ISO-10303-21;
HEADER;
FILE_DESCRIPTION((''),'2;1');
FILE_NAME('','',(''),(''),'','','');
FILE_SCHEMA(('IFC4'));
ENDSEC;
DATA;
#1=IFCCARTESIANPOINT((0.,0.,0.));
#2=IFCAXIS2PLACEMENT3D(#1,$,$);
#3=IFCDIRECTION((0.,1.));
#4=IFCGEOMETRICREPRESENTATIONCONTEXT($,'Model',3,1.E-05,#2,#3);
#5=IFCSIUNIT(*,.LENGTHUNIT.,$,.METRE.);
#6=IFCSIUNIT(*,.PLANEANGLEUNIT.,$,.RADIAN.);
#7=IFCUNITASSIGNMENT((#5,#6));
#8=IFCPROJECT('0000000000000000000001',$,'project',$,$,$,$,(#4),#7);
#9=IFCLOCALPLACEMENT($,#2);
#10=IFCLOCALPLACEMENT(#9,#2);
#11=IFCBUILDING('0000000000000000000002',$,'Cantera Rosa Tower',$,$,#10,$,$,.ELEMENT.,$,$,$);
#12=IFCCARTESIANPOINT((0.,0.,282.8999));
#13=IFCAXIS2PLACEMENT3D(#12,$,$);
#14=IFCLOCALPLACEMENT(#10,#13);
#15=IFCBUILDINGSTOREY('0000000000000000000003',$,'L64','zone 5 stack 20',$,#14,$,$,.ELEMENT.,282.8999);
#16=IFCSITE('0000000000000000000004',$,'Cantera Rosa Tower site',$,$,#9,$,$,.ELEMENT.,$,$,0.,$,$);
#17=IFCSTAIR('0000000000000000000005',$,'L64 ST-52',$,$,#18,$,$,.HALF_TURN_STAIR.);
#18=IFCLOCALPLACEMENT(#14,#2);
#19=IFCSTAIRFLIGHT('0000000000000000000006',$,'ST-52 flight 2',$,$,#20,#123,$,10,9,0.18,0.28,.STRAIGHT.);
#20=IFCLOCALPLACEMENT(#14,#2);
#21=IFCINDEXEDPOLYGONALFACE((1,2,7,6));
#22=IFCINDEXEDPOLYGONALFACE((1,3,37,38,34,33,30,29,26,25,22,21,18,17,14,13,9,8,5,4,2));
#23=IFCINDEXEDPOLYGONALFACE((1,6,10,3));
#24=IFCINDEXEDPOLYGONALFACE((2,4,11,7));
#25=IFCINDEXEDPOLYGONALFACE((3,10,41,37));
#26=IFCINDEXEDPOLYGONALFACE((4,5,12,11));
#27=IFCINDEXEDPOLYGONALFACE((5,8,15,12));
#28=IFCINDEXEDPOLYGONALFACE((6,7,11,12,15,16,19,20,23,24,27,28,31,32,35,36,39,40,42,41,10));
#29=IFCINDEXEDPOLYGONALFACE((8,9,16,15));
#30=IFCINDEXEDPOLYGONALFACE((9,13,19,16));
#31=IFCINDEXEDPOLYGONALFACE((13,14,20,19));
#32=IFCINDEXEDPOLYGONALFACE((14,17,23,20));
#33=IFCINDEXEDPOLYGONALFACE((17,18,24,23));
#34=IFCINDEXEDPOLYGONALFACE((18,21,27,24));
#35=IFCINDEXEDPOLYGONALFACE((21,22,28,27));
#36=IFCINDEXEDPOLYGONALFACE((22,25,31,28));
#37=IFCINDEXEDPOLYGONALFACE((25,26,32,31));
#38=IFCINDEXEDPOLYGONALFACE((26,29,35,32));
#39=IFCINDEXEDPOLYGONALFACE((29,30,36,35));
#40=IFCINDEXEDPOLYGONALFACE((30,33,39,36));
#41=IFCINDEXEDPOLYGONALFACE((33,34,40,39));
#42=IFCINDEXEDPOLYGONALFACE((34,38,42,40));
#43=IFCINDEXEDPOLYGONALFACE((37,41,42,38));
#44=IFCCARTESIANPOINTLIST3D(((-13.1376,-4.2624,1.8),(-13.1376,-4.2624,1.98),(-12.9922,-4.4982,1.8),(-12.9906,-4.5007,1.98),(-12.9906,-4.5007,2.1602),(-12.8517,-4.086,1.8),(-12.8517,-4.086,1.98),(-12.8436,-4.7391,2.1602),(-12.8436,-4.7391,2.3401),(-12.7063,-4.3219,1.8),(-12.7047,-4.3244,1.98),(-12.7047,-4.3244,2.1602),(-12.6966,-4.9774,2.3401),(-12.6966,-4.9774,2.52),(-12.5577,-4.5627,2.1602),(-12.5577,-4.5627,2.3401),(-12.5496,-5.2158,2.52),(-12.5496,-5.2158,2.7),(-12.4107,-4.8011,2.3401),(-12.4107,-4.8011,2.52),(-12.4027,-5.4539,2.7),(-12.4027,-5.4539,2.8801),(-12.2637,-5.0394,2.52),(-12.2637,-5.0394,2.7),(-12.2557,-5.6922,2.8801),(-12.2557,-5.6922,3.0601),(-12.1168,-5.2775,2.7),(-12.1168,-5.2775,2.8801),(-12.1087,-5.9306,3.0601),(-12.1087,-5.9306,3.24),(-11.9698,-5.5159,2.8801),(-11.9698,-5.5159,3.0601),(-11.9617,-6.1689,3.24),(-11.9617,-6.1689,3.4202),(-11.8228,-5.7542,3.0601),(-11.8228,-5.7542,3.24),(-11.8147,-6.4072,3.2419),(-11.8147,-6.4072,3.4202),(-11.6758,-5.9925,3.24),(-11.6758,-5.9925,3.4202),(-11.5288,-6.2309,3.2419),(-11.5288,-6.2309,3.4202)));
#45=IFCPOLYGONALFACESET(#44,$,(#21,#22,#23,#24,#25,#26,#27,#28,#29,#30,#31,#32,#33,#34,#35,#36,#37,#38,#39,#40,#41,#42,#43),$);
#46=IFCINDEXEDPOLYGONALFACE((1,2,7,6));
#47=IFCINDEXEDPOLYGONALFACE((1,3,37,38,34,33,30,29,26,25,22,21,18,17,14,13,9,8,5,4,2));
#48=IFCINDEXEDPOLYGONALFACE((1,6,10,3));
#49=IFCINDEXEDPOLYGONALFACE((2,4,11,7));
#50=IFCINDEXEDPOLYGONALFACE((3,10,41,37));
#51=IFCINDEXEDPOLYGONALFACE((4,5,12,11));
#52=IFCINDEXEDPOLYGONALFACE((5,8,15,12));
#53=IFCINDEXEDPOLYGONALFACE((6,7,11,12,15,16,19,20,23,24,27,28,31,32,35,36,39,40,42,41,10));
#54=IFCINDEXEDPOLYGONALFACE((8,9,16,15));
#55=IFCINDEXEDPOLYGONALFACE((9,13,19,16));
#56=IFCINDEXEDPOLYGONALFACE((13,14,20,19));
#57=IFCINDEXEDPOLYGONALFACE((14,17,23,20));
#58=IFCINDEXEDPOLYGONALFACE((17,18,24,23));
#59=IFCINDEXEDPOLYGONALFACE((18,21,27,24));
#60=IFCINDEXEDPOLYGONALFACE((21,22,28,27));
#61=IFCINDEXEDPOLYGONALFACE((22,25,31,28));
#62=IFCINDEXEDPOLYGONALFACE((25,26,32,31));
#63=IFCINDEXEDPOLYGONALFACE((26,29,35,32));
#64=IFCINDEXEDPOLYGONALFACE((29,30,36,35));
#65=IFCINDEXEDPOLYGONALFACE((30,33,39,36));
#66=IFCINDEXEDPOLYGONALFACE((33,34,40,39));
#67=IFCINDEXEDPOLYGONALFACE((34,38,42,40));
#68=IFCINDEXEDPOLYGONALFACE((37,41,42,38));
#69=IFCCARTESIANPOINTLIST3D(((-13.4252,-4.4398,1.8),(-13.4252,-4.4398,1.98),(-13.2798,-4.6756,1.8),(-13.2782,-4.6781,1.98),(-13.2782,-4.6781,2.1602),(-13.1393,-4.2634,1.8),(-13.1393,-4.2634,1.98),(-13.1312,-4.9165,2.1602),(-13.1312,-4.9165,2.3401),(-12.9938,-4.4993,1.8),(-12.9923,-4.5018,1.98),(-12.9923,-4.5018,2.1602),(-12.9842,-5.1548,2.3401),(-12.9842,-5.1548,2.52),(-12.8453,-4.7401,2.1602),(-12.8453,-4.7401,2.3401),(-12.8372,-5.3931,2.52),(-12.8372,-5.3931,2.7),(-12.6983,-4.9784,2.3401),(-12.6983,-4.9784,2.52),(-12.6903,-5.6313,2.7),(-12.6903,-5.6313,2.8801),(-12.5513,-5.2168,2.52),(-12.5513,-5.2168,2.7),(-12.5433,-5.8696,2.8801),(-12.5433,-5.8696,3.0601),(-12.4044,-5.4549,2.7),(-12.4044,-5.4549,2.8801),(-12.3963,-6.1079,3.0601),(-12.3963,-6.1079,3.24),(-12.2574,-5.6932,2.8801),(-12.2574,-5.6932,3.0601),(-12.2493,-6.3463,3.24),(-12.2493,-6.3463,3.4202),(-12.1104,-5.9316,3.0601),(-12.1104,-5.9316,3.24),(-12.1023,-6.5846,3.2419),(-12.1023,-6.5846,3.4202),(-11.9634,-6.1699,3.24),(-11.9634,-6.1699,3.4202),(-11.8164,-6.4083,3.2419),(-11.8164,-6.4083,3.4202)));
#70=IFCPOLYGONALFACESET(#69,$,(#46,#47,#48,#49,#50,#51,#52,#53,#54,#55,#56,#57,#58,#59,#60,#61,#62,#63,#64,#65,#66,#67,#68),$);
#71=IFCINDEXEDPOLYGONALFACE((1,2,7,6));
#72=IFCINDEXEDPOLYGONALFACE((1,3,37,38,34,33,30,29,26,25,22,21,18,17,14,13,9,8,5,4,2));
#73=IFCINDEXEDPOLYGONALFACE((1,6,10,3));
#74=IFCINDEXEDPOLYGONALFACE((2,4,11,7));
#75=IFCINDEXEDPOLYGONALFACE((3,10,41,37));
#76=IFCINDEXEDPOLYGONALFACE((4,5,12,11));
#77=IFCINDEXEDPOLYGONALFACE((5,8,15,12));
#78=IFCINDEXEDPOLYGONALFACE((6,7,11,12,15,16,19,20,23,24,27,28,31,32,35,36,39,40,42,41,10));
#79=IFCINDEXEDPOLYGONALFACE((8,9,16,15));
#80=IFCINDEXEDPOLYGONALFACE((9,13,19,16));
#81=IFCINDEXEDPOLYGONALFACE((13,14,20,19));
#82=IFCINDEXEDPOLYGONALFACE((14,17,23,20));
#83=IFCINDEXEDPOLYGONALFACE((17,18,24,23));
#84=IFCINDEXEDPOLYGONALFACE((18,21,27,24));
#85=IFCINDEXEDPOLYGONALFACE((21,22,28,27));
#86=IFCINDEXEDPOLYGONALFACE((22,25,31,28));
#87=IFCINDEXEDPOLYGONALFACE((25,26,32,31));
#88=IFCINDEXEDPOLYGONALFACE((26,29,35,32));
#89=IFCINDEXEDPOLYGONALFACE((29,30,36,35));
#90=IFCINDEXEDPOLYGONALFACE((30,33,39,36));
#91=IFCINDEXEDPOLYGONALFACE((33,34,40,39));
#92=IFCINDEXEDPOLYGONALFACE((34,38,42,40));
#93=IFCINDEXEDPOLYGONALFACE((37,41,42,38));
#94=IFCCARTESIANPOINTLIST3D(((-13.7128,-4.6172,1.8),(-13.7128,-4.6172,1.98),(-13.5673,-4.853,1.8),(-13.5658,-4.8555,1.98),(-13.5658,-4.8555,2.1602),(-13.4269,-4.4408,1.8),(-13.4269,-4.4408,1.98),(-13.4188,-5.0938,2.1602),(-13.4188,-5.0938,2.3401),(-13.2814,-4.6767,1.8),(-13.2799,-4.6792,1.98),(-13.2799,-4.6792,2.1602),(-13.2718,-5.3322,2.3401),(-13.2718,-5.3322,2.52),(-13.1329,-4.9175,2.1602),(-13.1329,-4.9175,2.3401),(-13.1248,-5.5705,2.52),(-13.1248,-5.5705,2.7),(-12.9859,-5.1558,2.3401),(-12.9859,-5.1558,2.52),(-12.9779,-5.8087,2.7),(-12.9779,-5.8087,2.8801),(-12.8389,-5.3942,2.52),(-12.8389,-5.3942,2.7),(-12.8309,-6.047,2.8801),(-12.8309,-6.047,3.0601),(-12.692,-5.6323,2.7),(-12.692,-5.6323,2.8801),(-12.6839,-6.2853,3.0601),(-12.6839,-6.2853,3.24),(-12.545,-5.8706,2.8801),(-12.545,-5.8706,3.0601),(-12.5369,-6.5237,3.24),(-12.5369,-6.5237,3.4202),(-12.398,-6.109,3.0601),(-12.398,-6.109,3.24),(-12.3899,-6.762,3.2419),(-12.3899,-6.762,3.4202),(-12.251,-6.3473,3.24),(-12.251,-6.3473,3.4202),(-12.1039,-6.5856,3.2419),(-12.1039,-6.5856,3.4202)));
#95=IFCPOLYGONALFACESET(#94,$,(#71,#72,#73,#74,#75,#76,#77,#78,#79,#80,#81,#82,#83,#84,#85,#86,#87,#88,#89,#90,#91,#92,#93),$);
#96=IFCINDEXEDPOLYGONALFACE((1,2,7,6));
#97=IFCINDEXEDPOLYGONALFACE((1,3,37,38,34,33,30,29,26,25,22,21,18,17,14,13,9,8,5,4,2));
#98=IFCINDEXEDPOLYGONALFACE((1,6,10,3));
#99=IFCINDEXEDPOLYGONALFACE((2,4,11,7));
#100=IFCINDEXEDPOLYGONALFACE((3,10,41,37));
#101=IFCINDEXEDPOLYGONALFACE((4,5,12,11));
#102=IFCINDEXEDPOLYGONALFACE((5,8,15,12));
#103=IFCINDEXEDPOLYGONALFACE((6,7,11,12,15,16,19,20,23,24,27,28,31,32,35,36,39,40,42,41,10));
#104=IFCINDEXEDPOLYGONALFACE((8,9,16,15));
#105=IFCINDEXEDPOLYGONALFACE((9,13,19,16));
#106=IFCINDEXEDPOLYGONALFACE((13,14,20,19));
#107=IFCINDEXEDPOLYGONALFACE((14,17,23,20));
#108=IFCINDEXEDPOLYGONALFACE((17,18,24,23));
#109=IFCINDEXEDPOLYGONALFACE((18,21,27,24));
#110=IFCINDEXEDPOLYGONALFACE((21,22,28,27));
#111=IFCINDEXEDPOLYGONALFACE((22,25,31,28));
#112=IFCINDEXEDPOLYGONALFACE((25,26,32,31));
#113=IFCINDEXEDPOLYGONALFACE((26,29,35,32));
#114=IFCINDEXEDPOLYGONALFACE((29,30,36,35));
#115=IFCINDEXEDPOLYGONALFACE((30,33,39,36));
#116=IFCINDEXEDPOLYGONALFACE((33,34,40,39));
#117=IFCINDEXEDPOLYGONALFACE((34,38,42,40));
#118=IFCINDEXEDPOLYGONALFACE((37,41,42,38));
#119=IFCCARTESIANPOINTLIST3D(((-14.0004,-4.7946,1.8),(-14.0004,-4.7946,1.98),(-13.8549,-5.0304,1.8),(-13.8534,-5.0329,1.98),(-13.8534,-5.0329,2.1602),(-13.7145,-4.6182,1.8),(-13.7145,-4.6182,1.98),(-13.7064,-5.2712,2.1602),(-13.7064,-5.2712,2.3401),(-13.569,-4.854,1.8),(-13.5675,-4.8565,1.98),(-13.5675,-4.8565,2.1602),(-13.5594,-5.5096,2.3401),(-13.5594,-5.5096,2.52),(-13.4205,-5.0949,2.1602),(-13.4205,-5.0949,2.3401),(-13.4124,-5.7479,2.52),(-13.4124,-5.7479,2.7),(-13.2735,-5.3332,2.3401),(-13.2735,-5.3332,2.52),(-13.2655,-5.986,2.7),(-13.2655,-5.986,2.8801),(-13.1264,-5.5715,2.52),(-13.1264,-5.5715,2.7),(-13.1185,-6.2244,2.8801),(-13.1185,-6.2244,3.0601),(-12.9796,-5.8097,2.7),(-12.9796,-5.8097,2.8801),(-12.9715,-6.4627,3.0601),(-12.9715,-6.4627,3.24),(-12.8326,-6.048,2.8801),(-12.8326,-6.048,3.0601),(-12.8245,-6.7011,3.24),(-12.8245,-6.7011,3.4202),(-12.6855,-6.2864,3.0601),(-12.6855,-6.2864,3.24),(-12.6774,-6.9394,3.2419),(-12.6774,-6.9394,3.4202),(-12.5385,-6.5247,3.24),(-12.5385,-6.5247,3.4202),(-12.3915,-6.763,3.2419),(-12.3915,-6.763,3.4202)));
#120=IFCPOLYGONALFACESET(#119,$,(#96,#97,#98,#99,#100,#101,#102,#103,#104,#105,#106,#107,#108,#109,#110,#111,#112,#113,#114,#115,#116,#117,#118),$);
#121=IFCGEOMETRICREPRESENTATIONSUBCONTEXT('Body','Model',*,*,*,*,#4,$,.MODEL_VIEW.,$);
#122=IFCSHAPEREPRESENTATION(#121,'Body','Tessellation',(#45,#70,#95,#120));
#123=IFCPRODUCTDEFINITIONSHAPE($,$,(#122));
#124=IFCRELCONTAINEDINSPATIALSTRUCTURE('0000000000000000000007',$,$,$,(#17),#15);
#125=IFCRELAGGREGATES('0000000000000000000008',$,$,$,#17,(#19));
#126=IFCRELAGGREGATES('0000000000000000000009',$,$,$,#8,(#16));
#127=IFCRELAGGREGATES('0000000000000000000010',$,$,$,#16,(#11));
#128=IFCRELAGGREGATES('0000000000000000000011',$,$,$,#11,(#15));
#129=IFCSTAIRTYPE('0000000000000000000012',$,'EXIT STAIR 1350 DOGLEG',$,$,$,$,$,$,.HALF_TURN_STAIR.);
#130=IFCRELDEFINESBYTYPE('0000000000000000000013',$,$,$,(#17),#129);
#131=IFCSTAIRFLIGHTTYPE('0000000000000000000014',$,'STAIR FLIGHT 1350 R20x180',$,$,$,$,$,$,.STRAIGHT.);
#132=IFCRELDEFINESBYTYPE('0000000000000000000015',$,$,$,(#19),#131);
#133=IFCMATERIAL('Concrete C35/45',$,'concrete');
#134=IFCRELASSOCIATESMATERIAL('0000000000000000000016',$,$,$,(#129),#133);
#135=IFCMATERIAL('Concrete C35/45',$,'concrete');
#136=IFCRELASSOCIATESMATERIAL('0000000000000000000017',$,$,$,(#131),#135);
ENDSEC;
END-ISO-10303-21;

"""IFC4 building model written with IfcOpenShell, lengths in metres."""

from ifc_helpers import new_model, si_unit, direction, frame, origin, place, context, subcontext, project, spatial, polyline, outline, extrude, material, type_object, element, aggregate, save


model = new_model("IFC4")

# Units and contexts
model_context = context("Model", 3, precision=1e-05, world=origin(), true_north=direction((0.0, 1.0)))
body_context = subcontext(model_context, "Body", "Model", "MODEL_VIEW")
ifc_project = project(units=[si_unit("LENGTHUNIT", "METRE"), si_unit("PLANEANGLEUNIT", "RADIAN")], contexts=[model_context])

# Site, building, storey
site_placement = place(None, origin())
site = spatial("IfcSite", under=ifc_project, at=site_placement, Name="Cantera Rosa Tower site", CompositionType="ELEMENT", RefElevation=0.0)
building_placement = place(site_placement, origin())
building = spatial("IfcBuilding", under=site, at=building_placement, Name="Cantera Rosa Tower", CompositionType="ELEMENT")
storey_placement = place(building_placement, frame((0.0, 0.0, 282.8999)))
storey = spatial("IfcBuildingStorey", under=building, at=storey_placement, Name="L64", Description="zone 5 stack 20", CompositionType="ELEMENT", Elevation=282.8999)

# Stair, stair flight
ifc_material_1 = material(Name="Concrete C35/45", Category="concrete")
stair_type = type_object("IfcStairType", Name="EXIT STAIR 1350 DOGLEG", PredefinedType="HALF_TURN_STAIR", material=ifc_material_1)
stair_placement = place(storey_placement, origin())
stair = element("IfcStair", 1, at=stair_placement, inside=storey, type_object=stair_type, Name="L64 ST-52", PredefinedType="HALF_TURN_STAIR")
ifc_material_2 = material(Name="Concrete C35/45", Category="concrete")
stair_flight_type = type_object("IfcStairFlightType", Name="STAIR FLIGHT 1350 R20x180", PredefinedType="STRAIGHT", material=ifc_material_2)
stair_flight_1_placement = place(storey_placement, frame((-13.4263, -4.4404, 1.8), z_axis=(0.0, 0.0, 1.0), x_axis=(0.524977, -0.851117, 0.0)))
stair_flight_1 = element("IfcStairFlight", 2, at=stair_flight_1_placement, type_object=stair_flight_type, Name="ST-52 flight 2", NumberOfRisers=10, NumberOfTreads=9, PredefinedType="STRAIGHT", RiserHeight=0.18, TreadLength=0.28, context=body_context, shape_type="SweptSolid", body=[
    extrude(outline(polyline([(0.0, 0.0), (0.0, 0.1799), (0.28, 0.1799), (0.28, 0.3601), (0.5601, 0.3601), (0.5601, 0.54), (0.8401, 0.54), (0.8401, 0.72), (1.1201, 0.72), (1.1201, 0.8999), (1.3999, 0.8999), (1.3999, 1.0801), (1.6799, 1.0801), (1.6799, 1.26), (1.96, 1.26), (1.96, 1.4399), (2.24, 1.4399), (2.24, 1.6201), (2.52, 1.6201), (2.52, 1.8), (2.52, 1.4419), (0.2771, 0.0), (0.0, 0.0)])), frame((0.0, 0.675, 0.0), z_axis=(0.0, -1.0, 0.0), x_axis=(1.0, 0.0, 0.0)), (0.0, 0.0, 1.0), 0.3359),
    extrude(outline(polyline([(0.0, 0.0), (0.0, 0.1799), (0.28, 0.1799), (0.28, 0.3601), (0.5601, 0.3601), (0.5601, 0.54), (0.8401, 0.54), (0.8401, 0.72), (1.1201, 0.72), (1.1201, 0.8999), (1.3999, 0.8999), (1.3999, 1.0801), (1.6799, 1.0801), (1.6799, 1.26), (1.96, 1.26), (1.96, 1.4399), (2.24, 1.4399), (2.24, 1.6201), (2.52, 1.6201), (2.52, 1.8), (2.52, 1.4419), (0.2771, 0.0), (0.0, 0.0)])), frame((0.0, 0.3372, 0.0), z_axis=(0.0, -1.0, 0.0), x_axis=(1.0, 0.0, 0.0)), (0.0, 0.0, 1.0), 0.3359),
    extrude(outline(polyline([(0.0, 0.0), (0.0, 0.1799), (0.28, 0.1799), (0.28, 0.3601), (0.5601, 0.3601), (0.5601, 0.54), (0.8401, 0.54), (0.8401, 0.72), (1.1201, 0.72), (1.1201, 0.8999), (1.3999, 0.8999), (1.3999, 1.0801), (1.6799, 1.0801), (1.6799, 1.26), (1.96, 1.26), (1.96, 1.4399), (2.24, 1.4399), (2.24, 1.6201), (2.52, 1.6201), (2.52, 1.8), (2.52, 1.4419), (0.2771, 0.0), (0.0, 0.0)])), frame((0.0, -0.0007, 0.0), z_axis=(0.0, -1.0, 0.0), x_axis=(1.0, 0.0, 0.0)), (0.0, 0.0, 1.0), 0.3359),
    extrude(outline(polyline([(0.0, 0.0), (0.0, 0.1799), (0.28, 0.1799), (0.28, 0.3601), (0.5601, 0.3601), (0.5601, 0.54), (0.8401, 0.54), (0.8401, 0.72), (1.1201, 0.72), (1.1201, 0.8999), (1.3999, 0.8999), (1.3999, 1.0801), (1.6799, 1.0801), (1.6799, 1.26), (1.96, 1.26), (1.96, 1.4399), (2.24, 1.4399), (2.24, 1.6201), (2.52, 1.6201), (2.52, 1.8), (2.52, 1.4419), (0.2771, 0.0), (0.0, 0.0)])), frame((0.0, -0.3386, 0.0), z_axis=(0.0, -1.0, 0.0), x_axis=(1.0, 0.0, 0.0)), (0.0, 0.0, 1.0), 0.3359),
])
aggregate(stair, [stair_flight_1])

save(model, "model.ifc")
